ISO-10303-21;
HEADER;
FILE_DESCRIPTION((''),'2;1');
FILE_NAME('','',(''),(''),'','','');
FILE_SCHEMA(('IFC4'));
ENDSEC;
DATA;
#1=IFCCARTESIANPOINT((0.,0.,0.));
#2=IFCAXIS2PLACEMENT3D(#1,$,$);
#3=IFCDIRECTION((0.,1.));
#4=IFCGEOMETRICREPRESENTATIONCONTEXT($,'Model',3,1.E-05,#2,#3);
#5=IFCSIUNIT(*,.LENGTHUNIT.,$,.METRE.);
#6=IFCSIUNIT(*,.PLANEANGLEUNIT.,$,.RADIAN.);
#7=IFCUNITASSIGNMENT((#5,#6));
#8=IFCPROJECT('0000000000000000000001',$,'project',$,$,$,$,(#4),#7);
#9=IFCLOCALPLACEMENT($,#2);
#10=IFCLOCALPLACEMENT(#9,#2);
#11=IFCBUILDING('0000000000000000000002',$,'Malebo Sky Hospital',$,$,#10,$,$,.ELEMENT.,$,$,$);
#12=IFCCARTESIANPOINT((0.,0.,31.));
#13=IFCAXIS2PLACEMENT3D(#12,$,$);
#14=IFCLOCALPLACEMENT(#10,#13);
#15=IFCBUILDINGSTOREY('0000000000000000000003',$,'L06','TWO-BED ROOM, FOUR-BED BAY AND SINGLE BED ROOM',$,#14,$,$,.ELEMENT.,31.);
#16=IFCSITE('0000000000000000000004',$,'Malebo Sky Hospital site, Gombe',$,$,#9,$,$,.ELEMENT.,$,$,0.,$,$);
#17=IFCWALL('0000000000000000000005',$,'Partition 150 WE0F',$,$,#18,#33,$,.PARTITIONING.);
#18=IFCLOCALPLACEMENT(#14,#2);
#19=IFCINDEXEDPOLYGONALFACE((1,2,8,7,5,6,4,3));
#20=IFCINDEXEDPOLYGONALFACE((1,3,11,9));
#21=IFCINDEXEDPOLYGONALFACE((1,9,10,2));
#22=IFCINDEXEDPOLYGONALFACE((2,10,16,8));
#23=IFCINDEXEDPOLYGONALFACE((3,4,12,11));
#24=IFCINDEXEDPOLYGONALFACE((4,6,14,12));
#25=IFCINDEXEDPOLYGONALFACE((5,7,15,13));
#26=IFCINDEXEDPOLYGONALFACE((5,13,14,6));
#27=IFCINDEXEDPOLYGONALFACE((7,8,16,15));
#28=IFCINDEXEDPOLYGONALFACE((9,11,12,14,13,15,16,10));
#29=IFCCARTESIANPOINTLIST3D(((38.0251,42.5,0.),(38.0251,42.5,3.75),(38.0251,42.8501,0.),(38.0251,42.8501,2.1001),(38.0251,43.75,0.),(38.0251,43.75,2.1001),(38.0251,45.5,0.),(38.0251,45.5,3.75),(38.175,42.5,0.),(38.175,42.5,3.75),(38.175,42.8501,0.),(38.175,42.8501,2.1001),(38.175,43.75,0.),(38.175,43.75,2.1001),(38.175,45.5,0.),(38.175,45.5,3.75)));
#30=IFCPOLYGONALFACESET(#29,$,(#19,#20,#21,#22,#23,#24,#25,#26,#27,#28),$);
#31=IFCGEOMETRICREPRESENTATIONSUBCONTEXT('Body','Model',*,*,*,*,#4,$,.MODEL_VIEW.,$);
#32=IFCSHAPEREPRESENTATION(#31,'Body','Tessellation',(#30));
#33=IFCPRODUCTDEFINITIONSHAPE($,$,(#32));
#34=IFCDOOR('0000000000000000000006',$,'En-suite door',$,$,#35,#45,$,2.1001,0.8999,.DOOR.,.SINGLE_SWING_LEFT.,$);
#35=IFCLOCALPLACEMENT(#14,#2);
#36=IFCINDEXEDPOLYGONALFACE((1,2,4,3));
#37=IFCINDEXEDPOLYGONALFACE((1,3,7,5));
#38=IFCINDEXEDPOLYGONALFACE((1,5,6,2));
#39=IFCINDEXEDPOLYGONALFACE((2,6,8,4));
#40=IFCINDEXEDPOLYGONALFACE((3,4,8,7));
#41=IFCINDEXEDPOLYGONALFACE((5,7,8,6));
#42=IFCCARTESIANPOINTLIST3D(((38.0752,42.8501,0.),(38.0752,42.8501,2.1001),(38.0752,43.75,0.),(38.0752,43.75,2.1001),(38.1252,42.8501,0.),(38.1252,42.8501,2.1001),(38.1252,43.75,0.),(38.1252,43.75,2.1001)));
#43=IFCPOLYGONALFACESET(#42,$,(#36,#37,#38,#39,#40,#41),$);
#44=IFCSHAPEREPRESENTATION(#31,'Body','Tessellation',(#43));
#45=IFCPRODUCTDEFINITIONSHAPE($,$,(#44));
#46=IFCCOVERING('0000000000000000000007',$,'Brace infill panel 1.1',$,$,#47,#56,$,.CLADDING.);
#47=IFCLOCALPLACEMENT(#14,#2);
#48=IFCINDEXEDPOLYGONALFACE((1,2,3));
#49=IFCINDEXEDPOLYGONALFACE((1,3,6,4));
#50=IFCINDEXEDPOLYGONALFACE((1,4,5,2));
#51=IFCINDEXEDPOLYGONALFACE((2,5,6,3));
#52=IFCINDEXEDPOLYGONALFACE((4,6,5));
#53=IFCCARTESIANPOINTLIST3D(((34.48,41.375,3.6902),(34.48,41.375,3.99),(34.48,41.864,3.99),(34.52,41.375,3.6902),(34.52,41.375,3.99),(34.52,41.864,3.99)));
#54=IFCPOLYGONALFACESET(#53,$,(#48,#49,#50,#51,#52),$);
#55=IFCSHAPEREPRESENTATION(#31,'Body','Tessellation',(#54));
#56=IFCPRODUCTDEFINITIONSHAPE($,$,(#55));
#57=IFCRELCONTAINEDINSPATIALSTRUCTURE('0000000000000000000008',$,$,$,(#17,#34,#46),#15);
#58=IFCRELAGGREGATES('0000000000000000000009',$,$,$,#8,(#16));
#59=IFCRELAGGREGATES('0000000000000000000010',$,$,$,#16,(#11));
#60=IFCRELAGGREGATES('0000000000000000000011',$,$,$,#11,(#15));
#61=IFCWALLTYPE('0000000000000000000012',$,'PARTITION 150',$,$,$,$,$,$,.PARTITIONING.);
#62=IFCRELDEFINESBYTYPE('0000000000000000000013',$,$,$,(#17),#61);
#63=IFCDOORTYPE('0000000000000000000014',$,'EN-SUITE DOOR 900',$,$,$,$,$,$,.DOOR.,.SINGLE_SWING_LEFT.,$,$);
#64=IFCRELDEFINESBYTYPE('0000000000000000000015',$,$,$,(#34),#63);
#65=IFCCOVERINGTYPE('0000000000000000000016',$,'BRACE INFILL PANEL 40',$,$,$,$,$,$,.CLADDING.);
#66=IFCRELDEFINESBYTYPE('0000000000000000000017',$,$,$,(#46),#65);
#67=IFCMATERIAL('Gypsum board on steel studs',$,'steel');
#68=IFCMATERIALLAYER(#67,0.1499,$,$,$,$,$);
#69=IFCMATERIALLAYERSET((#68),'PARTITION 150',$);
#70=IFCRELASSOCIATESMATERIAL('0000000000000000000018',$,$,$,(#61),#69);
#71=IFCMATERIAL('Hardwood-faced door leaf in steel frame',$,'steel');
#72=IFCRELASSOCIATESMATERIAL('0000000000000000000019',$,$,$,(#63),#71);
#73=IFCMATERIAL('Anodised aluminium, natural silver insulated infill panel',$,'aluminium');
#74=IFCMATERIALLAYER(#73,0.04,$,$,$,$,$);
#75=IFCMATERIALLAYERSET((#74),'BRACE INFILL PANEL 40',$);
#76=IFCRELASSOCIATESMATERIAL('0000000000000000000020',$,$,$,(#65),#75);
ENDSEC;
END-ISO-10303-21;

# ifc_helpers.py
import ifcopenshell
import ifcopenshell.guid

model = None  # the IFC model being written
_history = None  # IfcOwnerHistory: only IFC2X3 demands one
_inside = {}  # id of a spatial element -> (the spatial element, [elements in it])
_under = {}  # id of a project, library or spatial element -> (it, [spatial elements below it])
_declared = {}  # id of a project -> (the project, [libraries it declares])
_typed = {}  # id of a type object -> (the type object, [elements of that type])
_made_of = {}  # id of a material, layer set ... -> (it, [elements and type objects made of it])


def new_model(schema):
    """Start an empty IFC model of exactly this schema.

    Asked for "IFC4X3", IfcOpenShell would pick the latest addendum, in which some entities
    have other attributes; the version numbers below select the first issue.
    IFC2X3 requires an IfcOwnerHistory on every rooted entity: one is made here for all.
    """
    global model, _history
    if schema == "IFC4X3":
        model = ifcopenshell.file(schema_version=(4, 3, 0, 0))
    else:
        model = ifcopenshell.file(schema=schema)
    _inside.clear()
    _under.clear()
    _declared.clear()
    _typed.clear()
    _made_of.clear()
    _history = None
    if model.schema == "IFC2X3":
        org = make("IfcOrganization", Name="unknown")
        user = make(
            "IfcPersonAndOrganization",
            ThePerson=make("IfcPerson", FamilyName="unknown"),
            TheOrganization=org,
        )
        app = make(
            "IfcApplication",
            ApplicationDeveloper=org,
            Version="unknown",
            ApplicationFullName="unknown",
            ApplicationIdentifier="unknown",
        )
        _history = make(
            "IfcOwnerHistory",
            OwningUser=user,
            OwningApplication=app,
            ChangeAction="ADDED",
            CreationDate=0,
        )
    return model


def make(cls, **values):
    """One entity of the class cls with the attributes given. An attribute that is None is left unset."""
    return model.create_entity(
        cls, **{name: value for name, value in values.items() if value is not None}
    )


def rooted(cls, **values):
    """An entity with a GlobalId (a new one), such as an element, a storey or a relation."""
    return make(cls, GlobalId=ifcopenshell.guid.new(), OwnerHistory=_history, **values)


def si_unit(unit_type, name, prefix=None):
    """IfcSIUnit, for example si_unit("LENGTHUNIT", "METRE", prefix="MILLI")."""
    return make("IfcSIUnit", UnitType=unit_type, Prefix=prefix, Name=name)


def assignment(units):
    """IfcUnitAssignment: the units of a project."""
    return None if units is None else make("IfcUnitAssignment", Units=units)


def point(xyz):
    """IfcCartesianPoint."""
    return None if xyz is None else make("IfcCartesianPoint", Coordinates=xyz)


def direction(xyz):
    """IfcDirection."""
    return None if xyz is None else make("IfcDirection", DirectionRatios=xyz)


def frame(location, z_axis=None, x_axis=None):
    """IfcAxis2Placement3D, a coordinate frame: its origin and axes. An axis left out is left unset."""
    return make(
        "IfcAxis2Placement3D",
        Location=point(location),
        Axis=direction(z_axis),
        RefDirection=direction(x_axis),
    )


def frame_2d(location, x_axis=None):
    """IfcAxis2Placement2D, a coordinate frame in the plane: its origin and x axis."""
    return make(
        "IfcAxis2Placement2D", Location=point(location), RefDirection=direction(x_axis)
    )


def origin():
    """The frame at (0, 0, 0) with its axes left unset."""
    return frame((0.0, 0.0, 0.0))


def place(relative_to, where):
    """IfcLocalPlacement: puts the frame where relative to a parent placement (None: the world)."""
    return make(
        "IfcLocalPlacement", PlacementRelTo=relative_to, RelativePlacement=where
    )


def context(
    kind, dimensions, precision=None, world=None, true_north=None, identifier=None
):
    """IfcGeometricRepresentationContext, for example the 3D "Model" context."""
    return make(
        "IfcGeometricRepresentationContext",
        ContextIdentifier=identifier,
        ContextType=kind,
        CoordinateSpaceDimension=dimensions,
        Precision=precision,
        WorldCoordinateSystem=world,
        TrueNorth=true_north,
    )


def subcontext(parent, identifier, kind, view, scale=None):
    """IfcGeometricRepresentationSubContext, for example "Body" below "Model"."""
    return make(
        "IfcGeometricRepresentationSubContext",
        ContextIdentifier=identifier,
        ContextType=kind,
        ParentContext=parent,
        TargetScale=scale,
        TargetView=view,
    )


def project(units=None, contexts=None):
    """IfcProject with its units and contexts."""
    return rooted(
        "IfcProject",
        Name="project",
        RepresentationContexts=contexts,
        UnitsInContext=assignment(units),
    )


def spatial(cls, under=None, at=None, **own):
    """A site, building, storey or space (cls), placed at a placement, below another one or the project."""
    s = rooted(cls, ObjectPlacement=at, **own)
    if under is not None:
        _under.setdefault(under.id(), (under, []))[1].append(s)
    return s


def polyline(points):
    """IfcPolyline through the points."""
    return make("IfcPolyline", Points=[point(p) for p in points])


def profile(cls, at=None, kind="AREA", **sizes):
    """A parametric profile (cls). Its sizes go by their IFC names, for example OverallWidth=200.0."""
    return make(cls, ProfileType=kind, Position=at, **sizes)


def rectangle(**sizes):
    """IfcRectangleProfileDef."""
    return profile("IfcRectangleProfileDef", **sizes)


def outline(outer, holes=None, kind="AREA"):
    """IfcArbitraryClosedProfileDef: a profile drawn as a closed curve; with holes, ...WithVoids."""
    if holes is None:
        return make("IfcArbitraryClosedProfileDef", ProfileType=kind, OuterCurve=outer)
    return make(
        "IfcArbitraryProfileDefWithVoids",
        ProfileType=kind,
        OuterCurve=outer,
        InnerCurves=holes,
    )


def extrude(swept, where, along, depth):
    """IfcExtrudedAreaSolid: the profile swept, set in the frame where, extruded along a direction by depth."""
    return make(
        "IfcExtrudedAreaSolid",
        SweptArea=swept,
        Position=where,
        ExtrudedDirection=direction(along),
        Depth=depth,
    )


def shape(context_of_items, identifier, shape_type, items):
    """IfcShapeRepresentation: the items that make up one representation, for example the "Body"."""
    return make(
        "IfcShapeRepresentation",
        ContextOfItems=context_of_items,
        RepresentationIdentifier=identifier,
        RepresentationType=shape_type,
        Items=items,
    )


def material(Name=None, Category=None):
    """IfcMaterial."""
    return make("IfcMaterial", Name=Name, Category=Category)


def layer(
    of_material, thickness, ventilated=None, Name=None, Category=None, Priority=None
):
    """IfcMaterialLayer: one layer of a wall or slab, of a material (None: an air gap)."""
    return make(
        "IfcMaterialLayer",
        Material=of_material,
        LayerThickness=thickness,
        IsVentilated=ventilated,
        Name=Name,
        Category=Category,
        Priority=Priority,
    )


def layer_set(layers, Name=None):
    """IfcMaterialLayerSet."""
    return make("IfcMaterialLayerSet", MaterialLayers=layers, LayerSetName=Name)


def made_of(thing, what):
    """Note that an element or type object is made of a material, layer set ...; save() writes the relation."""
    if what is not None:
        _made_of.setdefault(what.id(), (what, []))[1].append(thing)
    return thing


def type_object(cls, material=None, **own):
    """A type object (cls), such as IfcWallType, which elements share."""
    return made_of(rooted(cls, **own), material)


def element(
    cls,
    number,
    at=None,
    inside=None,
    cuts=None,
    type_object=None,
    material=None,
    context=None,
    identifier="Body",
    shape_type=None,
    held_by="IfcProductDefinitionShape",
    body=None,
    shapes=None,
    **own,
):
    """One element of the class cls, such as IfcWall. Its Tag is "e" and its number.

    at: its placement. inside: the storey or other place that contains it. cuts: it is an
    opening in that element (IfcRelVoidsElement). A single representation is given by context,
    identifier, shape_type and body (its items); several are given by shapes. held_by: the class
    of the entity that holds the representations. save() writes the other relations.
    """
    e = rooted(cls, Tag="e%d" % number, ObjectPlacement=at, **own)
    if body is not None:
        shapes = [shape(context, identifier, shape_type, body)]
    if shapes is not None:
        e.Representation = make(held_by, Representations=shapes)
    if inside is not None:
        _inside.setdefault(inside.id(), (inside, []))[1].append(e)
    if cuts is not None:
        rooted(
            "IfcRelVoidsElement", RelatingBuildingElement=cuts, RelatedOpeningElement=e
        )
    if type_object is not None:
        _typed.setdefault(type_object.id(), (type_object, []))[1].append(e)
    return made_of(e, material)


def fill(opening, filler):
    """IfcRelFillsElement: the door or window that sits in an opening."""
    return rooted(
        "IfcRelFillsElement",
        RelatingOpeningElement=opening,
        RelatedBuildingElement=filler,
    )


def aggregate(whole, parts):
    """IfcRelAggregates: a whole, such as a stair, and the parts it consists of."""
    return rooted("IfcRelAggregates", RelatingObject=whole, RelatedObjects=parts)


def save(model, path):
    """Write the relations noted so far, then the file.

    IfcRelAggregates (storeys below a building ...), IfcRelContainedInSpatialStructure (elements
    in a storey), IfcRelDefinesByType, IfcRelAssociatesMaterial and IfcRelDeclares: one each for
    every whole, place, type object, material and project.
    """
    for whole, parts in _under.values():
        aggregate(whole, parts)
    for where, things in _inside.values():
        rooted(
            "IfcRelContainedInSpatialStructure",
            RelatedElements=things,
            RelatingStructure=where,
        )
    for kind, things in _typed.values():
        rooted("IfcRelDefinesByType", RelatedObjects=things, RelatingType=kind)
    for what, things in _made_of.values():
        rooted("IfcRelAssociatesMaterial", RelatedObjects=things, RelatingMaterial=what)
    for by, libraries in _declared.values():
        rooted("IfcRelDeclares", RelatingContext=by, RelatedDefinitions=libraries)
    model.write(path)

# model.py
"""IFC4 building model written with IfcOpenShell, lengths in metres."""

from ifc_helpers import new_model, si_unit, direction, frame, frame_2d, origin, place, context, subcontext, project, spatial, polyline, rectangle, outline, extrude, material, layer, layer_set, type_object, element, fill, save


model = new_model("IFC4")

# Units and contexts
model_context = context("Model", 3, precision=1e-05, world=origin(), true_north=direction((0.0, 1.0)))
body_context = subcontext(model_context, "Body", "Model", "MODEL_VIEW")
ifc_project = project(units=[si_unit("LENGTHUNIT", "METRE"), si_unit("PLANEANGLEUNIT", "RADIAN")], contexts=[model_context])

# Site, building, storey
site_placement = place(None, origin())
site = spatial("IfcSite", under=ifc_project, at=site_placement, Name="Malebo Sky Hospital site, Gombe", CompositionType="ELEMENT", RefElevation=0.0)
building_placement = place(site_placement, origin())
building = spatial("IfcBuilding", under=site, at=building_placement, Name="Malebo Sky Hospital", CompositionType="ELEMENT")
storey_placement = place(building_placement, frame((0.0, 0.0, 31.0)))
storey = spatial("IfcBuildingStorey", under=building, at=storey_placement, Name="L06", Description="TWO-BED ROOM, FOUR-BED BAY AND SINGLE BED ROOM", CompositionType="ELEMENT", Elevation=31.0)

# Shared definitions
ifc_material_1 = material(Name="Gypsum board on steel studs", Category="steel")
ifc_material_2 = material(Name="Hardwood-faced door leaf in steel frame", Category="steel")

# Shared definitions
ifc_layer_1 = layer(ifc_material_1, 0.1499)
ifc_layer_set_1 = layer_set([ifc_layer_1], Name="PARTITION 150")
wall_type_1 = type_object("IfcWallType", Name="PARTITION 150", PredefinedType="PARTITIONING", material=ifc_layer_set_1)

# Wall, opening, door
wall_1_placement = place(storey_placement, frame((38.1001, 42.5, 0.0), z_axis=(0.0, 0.0, 1.0), x_axis=(0.0, 1.0, 0.0)))
wall_1 = element("IfcWall", 1, at=wall_1_placement, inside=storey, type_object=wall_type_1, Name="Partition 150 WE0F", PredefinedType="PARTITIONING", context=body_context, shape_type="SweptSolid", body=[
    extrude(rectangle(XDim=3.0, YDim=0.1499, at=frame_2d((1.5, 0.0))), origin(), (0.0, 0.0, 1.0), 3.75),
])
opening_1_placement = place(wall_1_placement, frame((0.3501, 0.0, 0.0)))
opening_1 = element("IfcOpeningElement", 2, at=opening_1_placement, cuts=wall_1, PredefinedType="OPENING", context=body_context, shape_type="SweptSolid", body=[
    extrude(rectangle(XDim=0.8999, YDim=2.1001, at=frame_2d((0.45, 1.05))), frame((0.0, 0.085, 0.0), z_axis=(0.0, -1.0, 0.0), x_axis=(1.0, 0.0, 0.0)), (0.0, 0.0, 1.0), 0.1699),
])
door_type_1 = type_object("IfcDoorType", Name="EN-SUITE DOOR 900", OperationType="SINGLE_SWING_LEFT", PredefinedType="DOOR", material=ifc_material_2)
door_1_placement = place(opening_1_placement, origin())
door_1 = element("IfcDoor", 3, at=door_1_placement, inside=storey, type_object=door_type_1, Name="En-suite door", OperationType="SINGLE_SWING_LEFT", OverallHeight=2.1001, OverallWidth=0.8999, PredefinedType="DOOR", context=body_context, shape_type="SweptSolid", body=[
    extrude(rectangle(XDim=0.8999, YDim=2.1001, at=frame_2d((0.45, 1.05))), frame((0.0, 0.0249, 0.0), z_axis=(0.0, -1.0, 0.0), x_axis=(1.0, 0.0, 0.0)), (0.0, 0.0, 1.0), 0.05),
])
fill(opening_1, door_1)

# Covering
ifc_material_3 = material(Name="Anodised aluminium, natural silver insulated infill panel", Category="aluminium")
ifc_layer_2 = layer(ifc_material_3, 0.04)
ifc_layer_set_2 = layer_set([ifc_layer_2], Name="BRACE INFILL PANEL 40")
covering_type = type_object("IfcCoveringType", Name="BRACE INFILL PANEL 40", PredefinedType="CLADDING", material=ifc_layer_set_2)
covering_placement = place(storey_placement, frame((34.5, 41.6196, 3.6902), z_axis=(0.0, 0.0, 1.0), x_axis=(0.0, 1.0, 0.0)))
element("IfcCovering", 4, at=covering_placement, inside=storey, type_object=covering_type, Name="Brace infill panel 1.1", PredefinedType="CLADDING", context=body_context, shape_type="SweptSolid", body=[
    extrude(outline(polyline([(-0.2446, 0.0), (0.2444, 0.2998), (-0.2446, 0.2998), (-0.2446, 0.0)])), frame((0.0, 0.02, 0.0), z_axis=(0.0, -1.0, 0.0), x_axis=(1.0, 0.0, 0.0)), (0.0, 0.0, 1.0), 0.04),
])

save(model, "model.ifc")
